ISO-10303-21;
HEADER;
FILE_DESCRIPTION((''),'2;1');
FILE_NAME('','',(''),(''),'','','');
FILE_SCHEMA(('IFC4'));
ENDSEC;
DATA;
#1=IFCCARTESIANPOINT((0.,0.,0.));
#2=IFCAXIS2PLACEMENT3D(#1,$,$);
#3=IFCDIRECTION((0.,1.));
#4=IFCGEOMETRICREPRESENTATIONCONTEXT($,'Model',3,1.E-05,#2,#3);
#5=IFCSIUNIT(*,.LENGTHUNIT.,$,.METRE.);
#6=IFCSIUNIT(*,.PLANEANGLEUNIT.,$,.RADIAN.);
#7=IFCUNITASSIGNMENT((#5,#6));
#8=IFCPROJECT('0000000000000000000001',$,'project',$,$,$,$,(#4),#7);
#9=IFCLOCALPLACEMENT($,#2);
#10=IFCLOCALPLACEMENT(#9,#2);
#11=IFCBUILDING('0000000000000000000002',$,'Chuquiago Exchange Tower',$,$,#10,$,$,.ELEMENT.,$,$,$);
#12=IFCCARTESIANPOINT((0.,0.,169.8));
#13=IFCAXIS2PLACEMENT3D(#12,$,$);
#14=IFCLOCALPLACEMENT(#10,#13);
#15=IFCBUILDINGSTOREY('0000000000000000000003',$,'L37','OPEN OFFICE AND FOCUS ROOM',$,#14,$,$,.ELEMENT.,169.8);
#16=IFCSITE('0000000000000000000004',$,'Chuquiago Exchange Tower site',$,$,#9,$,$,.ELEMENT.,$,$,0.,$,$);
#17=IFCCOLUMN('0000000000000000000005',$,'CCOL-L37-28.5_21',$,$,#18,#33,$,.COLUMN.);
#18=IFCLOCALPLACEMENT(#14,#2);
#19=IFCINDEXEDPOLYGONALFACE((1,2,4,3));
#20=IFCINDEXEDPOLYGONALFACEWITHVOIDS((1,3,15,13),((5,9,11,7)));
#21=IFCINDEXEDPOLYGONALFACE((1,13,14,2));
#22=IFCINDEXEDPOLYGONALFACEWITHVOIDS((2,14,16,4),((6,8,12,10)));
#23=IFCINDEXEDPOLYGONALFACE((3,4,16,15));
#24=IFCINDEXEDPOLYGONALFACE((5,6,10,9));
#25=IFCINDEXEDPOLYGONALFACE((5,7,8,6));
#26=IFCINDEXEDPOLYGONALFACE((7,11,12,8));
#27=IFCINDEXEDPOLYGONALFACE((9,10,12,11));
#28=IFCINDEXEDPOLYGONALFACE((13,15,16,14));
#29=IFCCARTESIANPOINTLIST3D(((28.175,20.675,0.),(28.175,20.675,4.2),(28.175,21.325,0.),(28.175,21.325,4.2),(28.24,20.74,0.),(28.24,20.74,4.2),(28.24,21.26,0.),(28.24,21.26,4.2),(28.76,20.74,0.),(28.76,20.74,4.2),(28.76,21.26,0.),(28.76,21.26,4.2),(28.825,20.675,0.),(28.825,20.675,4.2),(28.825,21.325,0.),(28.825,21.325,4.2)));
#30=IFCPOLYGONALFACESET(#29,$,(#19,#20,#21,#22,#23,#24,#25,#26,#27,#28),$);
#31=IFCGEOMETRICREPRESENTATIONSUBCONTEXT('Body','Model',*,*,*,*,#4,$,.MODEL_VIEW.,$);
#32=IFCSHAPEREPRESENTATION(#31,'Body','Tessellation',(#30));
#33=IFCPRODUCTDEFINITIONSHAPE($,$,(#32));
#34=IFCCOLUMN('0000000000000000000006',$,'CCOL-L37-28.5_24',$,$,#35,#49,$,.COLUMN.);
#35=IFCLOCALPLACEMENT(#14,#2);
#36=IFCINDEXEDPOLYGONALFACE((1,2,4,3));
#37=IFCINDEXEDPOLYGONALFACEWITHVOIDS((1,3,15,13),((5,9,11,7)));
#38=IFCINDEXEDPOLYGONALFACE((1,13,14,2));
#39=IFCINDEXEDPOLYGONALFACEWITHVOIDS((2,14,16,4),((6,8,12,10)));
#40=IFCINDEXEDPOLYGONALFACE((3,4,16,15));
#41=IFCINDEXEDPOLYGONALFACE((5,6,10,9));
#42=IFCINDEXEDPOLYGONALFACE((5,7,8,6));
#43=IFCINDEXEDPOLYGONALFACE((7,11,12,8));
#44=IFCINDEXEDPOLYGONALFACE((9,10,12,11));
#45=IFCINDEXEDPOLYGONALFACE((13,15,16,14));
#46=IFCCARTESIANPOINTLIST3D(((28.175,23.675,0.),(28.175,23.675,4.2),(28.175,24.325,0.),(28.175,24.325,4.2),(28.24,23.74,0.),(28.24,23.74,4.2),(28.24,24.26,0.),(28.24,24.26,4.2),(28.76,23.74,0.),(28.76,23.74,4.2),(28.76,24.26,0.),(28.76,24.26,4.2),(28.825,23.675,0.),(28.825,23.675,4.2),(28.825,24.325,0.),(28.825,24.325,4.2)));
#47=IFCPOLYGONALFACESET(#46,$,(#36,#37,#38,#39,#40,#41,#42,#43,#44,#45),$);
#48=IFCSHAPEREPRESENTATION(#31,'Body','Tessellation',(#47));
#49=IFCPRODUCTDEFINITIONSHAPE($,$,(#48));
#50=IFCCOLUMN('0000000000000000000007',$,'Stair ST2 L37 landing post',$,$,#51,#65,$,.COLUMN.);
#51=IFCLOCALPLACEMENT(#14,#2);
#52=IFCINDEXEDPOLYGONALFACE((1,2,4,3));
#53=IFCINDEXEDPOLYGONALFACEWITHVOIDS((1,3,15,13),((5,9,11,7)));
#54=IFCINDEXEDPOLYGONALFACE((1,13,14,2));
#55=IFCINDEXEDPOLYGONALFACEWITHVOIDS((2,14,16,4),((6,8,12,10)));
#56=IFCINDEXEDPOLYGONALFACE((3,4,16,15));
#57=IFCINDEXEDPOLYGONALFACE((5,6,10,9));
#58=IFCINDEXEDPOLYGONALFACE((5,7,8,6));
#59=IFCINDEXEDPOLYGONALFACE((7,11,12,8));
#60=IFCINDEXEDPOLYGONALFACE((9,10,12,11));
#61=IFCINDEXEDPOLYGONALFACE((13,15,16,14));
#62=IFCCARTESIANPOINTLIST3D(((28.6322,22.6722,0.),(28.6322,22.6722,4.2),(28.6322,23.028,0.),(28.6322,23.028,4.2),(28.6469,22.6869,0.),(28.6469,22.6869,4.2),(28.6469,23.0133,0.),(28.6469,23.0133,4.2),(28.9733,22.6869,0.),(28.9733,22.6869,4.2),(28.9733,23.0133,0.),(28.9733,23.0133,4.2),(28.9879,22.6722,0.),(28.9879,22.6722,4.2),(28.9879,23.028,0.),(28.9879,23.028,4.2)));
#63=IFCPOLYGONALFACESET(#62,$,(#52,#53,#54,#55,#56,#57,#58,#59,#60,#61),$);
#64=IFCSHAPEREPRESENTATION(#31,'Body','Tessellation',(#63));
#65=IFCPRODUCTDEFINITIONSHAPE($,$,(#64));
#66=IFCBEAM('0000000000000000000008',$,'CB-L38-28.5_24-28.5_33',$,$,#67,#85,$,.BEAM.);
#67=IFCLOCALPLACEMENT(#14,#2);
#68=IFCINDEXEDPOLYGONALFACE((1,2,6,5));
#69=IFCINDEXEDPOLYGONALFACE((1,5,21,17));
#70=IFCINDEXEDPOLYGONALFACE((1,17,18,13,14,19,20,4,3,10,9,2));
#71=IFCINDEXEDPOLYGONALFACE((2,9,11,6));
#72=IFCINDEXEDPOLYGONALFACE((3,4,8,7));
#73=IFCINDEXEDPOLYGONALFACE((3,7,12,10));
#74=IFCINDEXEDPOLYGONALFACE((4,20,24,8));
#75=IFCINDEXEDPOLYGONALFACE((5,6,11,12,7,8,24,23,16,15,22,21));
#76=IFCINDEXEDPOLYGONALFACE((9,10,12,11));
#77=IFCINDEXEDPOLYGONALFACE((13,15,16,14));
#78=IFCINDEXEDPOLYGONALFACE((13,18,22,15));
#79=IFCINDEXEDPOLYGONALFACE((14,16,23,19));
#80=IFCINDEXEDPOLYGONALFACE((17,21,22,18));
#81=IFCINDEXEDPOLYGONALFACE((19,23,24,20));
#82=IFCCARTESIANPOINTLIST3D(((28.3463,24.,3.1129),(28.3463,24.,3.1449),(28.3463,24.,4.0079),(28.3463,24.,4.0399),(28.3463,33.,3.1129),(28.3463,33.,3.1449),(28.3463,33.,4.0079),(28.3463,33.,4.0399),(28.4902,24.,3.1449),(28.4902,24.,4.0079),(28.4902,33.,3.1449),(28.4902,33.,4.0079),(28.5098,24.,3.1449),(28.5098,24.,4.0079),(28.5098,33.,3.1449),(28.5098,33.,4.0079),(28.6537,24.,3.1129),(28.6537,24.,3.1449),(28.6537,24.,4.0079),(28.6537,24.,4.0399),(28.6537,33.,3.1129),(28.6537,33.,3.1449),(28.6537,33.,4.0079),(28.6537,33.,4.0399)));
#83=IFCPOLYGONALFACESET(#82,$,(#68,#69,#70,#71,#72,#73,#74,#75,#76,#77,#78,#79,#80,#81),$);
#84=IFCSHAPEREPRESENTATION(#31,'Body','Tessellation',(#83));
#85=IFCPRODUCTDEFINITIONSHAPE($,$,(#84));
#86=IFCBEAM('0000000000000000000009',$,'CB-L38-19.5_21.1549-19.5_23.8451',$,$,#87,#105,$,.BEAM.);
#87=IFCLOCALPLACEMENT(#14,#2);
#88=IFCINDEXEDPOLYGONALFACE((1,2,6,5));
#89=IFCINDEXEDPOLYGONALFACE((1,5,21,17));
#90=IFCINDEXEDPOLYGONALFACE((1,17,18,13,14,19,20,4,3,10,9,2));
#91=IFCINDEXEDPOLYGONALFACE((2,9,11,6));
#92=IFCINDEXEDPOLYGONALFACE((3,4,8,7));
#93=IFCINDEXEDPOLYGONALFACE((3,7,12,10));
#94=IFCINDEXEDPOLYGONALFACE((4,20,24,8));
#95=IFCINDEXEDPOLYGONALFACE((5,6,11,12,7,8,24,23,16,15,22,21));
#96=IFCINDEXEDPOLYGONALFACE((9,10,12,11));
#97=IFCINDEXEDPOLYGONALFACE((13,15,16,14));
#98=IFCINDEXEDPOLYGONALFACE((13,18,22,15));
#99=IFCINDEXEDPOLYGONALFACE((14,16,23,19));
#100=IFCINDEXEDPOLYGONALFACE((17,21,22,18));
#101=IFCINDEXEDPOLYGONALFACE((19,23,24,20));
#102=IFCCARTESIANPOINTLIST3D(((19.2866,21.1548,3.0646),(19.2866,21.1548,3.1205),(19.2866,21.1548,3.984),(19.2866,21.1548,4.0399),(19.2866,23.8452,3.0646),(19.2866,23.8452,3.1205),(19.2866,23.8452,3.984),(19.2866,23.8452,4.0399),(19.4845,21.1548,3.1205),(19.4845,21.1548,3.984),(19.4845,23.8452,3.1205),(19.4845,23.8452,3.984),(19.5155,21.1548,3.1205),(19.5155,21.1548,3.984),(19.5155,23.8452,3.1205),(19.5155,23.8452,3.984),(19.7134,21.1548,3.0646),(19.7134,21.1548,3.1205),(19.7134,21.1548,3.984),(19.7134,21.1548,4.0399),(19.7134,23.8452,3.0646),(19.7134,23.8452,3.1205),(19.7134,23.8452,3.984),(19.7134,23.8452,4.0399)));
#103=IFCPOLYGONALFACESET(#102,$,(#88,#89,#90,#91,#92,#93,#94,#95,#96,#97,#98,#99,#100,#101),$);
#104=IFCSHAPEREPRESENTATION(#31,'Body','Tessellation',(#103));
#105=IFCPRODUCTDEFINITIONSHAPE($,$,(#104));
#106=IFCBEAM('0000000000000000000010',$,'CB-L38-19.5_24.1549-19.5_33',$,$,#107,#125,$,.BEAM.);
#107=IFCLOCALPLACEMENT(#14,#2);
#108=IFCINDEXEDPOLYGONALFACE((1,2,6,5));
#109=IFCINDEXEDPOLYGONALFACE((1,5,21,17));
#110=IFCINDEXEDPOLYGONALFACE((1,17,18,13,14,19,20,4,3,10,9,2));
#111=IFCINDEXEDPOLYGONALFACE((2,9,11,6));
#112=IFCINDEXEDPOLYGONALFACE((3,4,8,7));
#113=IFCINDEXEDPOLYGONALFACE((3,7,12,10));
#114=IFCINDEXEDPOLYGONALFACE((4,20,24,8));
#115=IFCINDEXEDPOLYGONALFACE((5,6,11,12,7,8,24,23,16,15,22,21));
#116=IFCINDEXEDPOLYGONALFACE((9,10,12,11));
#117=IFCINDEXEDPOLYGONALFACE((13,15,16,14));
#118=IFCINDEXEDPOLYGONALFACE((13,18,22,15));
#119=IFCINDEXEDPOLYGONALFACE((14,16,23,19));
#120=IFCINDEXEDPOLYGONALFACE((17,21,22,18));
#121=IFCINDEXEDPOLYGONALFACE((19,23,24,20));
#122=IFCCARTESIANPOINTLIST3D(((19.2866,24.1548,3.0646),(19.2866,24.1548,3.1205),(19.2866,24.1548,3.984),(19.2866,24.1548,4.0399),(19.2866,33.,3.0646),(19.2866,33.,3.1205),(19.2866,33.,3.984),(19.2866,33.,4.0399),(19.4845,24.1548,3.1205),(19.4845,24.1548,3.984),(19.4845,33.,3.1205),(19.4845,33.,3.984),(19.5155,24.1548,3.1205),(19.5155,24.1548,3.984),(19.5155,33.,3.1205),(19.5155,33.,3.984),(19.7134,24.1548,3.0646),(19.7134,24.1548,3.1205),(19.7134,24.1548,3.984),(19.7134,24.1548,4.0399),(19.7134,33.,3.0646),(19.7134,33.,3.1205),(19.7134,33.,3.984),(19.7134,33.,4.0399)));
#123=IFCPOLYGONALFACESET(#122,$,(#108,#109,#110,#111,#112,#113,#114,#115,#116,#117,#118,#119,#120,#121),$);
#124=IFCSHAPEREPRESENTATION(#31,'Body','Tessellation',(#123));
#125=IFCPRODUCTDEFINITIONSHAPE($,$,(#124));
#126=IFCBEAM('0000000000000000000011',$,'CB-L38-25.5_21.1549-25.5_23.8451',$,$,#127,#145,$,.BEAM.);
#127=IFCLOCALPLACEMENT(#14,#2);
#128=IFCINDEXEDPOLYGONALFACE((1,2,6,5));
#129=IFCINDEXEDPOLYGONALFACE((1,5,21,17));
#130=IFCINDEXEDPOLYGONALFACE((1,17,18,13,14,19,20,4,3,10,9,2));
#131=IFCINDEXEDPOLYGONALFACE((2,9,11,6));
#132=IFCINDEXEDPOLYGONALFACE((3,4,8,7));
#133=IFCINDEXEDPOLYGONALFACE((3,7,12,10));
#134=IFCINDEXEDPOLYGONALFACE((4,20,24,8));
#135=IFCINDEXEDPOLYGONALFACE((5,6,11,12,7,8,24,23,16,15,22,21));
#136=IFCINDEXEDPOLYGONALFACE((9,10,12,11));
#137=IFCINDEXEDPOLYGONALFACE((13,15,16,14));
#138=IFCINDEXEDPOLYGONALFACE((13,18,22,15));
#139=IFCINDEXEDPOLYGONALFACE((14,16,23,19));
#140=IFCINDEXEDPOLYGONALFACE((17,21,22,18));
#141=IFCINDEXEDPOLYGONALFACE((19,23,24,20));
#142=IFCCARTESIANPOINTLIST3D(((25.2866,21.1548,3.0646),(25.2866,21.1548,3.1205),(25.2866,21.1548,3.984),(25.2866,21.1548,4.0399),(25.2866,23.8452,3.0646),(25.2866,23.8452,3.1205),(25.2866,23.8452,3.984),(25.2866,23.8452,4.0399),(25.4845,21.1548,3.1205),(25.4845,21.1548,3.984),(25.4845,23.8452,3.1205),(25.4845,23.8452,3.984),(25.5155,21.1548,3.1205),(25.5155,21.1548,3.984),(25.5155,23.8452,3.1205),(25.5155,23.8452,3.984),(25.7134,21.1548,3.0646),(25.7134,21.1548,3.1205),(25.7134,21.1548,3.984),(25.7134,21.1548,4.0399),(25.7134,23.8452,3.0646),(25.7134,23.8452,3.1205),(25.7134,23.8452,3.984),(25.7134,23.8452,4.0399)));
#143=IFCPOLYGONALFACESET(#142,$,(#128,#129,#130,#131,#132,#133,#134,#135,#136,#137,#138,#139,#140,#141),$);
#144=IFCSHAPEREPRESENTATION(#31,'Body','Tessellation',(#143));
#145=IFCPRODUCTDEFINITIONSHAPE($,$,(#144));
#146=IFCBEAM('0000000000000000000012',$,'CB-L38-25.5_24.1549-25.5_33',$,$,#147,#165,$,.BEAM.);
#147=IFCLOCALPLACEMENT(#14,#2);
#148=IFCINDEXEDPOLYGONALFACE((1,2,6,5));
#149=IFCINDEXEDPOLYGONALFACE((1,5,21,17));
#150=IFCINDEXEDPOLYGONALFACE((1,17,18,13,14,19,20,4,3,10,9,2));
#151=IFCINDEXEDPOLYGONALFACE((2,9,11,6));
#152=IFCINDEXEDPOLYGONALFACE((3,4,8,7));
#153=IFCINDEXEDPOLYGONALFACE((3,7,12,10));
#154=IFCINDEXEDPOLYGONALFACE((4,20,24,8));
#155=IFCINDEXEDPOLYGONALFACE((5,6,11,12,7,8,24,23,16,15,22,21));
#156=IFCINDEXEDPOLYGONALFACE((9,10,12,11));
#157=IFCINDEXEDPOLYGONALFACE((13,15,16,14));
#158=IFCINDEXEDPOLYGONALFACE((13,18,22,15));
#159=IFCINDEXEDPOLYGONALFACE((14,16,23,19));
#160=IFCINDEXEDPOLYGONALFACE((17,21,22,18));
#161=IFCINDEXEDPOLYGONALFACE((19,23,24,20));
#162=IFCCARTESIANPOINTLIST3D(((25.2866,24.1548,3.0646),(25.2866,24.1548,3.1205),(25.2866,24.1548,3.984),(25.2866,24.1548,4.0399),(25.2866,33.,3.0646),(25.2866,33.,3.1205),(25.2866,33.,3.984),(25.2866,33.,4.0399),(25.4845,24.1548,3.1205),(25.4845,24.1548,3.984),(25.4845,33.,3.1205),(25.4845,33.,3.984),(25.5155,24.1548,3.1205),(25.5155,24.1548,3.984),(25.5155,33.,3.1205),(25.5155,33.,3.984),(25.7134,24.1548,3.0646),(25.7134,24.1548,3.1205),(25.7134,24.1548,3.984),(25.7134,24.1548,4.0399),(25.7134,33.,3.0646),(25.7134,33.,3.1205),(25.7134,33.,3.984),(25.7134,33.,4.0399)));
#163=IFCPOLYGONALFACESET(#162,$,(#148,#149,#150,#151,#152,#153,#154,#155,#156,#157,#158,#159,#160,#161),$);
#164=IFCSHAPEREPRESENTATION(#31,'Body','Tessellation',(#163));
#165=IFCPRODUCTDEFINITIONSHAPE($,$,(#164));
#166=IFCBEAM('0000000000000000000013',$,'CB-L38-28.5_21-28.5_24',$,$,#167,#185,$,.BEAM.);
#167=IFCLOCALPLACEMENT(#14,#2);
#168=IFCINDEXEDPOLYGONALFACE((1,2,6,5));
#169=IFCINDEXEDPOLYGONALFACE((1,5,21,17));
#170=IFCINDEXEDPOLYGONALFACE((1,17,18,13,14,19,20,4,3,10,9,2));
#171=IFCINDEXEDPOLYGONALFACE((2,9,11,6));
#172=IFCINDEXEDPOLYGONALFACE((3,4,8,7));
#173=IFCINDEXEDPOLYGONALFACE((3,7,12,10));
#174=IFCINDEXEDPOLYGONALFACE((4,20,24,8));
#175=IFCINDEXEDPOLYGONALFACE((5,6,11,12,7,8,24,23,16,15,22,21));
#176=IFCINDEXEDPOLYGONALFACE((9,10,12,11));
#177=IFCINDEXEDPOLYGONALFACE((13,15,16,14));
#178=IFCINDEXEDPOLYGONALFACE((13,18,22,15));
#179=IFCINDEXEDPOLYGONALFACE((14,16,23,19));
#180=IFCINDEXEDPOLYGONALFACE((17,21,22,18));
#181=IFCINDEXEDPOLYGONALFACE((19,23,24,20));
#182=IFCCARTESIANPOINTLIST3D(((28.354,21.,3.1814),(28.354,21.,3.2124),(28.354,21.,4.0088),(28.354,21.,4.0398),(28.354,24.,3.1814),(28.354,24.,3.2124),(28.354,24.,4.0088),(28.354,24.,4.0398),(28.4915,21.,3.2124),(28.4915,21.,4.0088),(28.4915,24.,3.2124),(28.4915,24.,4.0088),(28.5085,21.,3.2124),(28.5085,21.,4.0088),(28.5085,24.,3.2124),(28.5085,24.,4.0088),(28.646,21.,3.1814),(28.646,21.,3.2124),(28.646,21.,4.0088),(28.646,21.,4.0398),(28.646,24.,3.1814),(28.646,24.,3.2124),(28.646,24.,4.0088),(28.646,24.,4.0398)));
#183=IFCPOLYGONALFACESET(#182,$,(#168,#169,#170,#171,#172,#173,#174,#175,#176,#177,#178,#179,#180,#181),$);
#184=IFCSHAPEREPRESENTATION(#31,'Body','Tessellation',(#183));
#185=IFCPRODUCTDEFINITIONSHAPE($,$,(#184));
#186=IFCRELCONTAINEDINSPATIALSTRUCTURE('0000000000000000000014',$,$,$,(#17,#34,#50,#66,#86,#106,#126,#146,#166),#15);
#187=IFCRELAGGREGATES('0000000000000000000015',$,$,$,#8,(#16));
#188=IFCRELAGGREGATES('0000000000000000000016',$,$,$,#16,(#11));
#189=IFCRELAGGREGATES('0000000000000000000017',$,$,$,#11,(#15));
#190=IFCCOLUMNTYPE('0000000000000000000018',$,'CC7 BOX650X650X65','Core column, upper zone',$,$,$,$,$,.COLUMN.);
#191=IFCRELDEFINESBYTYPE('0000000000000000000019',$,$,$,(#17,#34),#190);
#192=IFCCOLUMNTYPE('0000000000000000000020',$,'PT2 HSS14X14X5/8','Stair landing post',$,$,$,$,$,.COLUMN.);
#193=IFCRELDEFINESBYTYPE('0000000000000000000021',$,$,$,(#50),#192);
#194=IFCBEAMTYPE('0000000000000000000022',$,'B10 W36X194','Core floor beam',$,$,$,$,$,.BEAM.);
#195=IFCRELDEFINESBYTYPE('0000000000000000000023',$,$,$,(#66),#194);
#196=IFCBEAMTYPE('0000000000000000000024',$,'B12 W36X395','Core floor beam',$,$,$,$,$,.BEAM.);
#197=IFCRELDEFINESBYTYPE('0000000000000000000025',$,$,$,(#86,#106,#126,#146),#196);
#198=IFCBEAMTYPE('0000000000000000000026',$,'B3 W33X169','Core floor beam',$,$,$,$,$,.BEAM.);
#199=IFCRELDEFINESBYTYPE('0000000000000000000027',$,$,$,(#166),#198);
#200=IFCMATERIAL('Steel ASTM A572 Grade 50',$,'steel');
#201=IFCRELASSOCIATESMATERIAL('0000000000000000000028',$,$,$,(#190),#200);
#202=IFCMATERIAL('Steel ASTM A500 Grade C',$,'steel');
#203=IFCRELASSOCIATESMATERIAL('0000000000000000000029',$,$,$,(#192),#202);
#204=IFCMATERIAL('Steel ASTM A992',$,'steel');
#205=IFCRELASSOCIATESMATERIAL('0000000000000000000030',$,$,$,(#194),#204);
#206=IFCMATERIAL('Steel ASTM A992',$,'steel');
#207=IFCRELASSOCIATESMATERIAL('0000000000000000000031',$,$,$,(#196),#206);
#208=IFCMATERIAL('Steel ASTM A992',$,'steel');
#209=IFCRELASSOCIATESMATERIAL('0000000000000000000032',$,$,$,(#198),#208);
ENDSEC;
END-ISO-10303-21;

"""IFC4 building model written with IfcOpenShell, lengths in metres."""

from ifc_helpers import new_model, si_unit, direction, frame, origin, origin_2d, place, context, subcontext, project, spatial, hollow_rectangle, i_section, extrude, material, material_profile, profile_set, type_object, element, save


model = new_model("IFC4")

# Units and contexts
model_context = context("Model", 3, precision=1e-05, world=origin(), true_north=direction((0.0, 1.0)))
body_context = subcontext(model_context, "Body", "Model", "MODEL_VIEW")
ifc_project = project(units=[si_unit("LENGTHUNIT", "METRE"), si_unit("PLANEANGLEUNIT", "RADIAN")], contexts=[model_context])

# Site, building, storey
site_placement = place(None, origin())
site = spatial("IfcSite", under=ifc_project, at=site_placement, Name="Chuquiago Exchange Tower site", CompositionType="ELEMENT", RefElevation=0.0)
building_placement = place(site_placement, origin())
building = spatial("IfcBuilding", under=site, at=building_placement, Name="Chuquiago Exchange Tower", CompositionType="ELEMENT")
storey_placement = place(building_placement, frame((0.0, 0.0, 169.8)))
storey = spatial("IfcBuildingStorey", under=building, at=storey_placement, Name="L37", Description="OPEN OFFICE AND FOCUS ROOM", CompositionType="ELEMENT", Elevation=169.8)

# Columns
ifc_material_1 = material(Name="Steel ASTM A572 Grade 50", Category="steel")
ifc_material_profile_1 = material_profile(ifc_material_1, hollow_rectangle(XDim=0.6499, YDim=0.6499, WallThickness=0.0649, at=origin_2d()), Name="BOX650X650X65")
ifc_profile_set_1 = profile_set([ifc_material_profile_1], Name="Steel ASTM A572 Grade 50")
column_type_1 = type_object("IfcColumnType", Name="CC7 BOX650X650X65", Description="Core column, upper zone", PredefinedType="COLUMN", material=ifc_profile_set_1)
for number, where, z_axis, x_axis, name in (
    (1, (28.5, 21.0, 0.0), (0.0, 0.0, 1.0), (1.0, 0.0, 0.0), "CCOL-L37-28.5_21"),
    (2, (28.5, 24.0, 0.0), (0.0, 0.0, 1.0), (1.0, 0.0, 0.0), "CCOL-L37-28.5_24"),
):
    element("IfcColumn", number, at=place(storey_placement, frame(where, z_axis=z_axis, x_axis=x_axis)), inside=storey, type_object=column_type_1, Name=name, PredefinedType="COLUMN", context=body_context, shape_type="SweptSolid", body=[
        extrude(hollow_rectangle(XDim=0.6499, YDim=0.6499, WallThickness=0.0649, at=origin_2d()), origin(), (0.0, 0.0, 1.0), 4.2),
    ])
ifc_material_2 = material(Name="Steel ASTM A500 Grade C", Category="steel")
ifc_material_profile_2 = material_profile(ifc_material_2, hollow_rectangle(XDim=0.3557, YDim=0.3557, WallThickness=0.0146, at=origin_2d()), Name="HSS14X14X5/8")
ifc_profile_set_2 = profile_set([ifc_material_profile_2], Name="Steel ASTM A500 Grade C")
column_type_2 = type_object("IfcColumnType", Name="PT2 HSS14X14X5/8", Description="Stair landing post", PredefinedType="COLUMN", material=ifc_profile_set_2)
column_placement = place(storey_placement, frame((28.8101, 22.8501, 0.0), z_axis=(0.0, 0.0, 1.0), x_axis=(1.0, 0.0, 0.0)))
element("IfcColumn", 3, at=column_placement, inside=storey, type_object=column_type_2, Name="Stair ST2 L37 landing post", PredefinedType="COLUMN", context=body_context, shape_type="SweptSolid", body=[
    extrude(hollow_rectangle(XDim=0.3557, YDim=0.3557, WallThickness=0.0146, at=origin_2d()), origin(), (0.0, 0.0, 1.0), 4.2),
])

# Beams
ifc_material_3 = material(Name="Steel ASTM A992", Category="steel")
ifc_material_profile_3 = material_profile(ifc_material_3, i_section(OverallWidth=0.3074, OverallDepth=0.927, WebThickness=0.0195, FlangeThickness=0.032, at=origin_2d()), Name="W36X194")
ifc_profile_set_3 = profile_set([ifc_material_profile_3], Name="Steel ASTM A992")
beam_type_1 = type_object("IfcBeamType", Name="B10 W36X194", Description="Core floor beam", PredefinedType="BEAM", material=ifc_profile_set_3)
beam_1_placement = place(storey_placement, frame((28.5, 24.0, 3.5764), z_axis=(0.0, 1.0, 0.0), x_axis=(-1.0, 0.0, 0.0)))
element("IfcBeam", 4, at=beam_1_placement, inside=storey, type_object=beam_type_1, Name="CB-L38-28.5_24-28.5_33", PredefinedType="BEAM", context=body_context, shape_type="SweptSolid", body=[
    extrude(i_section(OverallWidth=0.3074, OverallDepth=0.927, WebThickness=0.0195, FlangeThickness=0.032, at=origin_2d()), origin(), (0.0, 0.0, 1.0), 9.0),
])
ifc_material_4 = material(Name="Steel ASTM A992", Category="steel")
ifc_material_profile_4 = material_profile(ifc_material_4, i_section(OverallWidth=0.4268, OverallDepth=0.9753, WebThickness=0.031, FlangeThickness=0.0559, at=origin_2d()), Name="W36X395")
ifc_profile_set_4 = profile_set([ifc_material_profile_4], Name="Steel ASTM A992")
beam_type_2 = type_object("IfcBeamType", Name="B12 W36X395", Description="Core floor beam", PredefinedType="BEAM", material=ifc_profile_set_4)
beam_2_placement = place(storey_placement, frame((19.5, 21.1548, 3.5522), z_axis=(0.0, 1.0, 0.0), x_axis=(-1.0, 0.0, 0.0)))
element("IfcBeam", 5, at=beam_2_placement, inside=storey, type_object=beam_type_2, Name="CB-L38-19.5_21.1549-19.5_23.8451", PredefinedType="BEAM", context=body_context, shape_type="SweptSolid", body=[
    extrude(i_section(OverallWidth=0.4268, OverallDepth=0.9753, WebThickness=0.031, FlangeThickness=0.0559, at=origin_2d()), origin(), (0.0, 0.0, 1.0), 2.6904),
])
beam_3_placement = place(storey_placement, frame((19.5, 24.1548, 3.5522), z_axis=(0.0, 1.0, 0.0), x_axis=(-1.0, 0.0, 0.0)))
element("IfcBeam", 6, at=beam_3_placement, inside=storey, type_object=beam_type_2, Name="CB-L38-19.5_24.1549-19.5_33", PredefinedType="BEAM", context=body_context, shape_type="SweptSolid", body=[
    extrude(i_section(OverallWidth=0.4268, OverallDepth=0.9753, WebThickness=0.031, FlangeThickness=0.0559, at=origin_2d()), origin(), (0.0, 0.0, 1.0), 8.8452),
])
beam_4_placement = place(storey_placement, frame((25.5, 21.1548, 3.5522), z_axis=(0.0, 1.0, 0.0), x_axis=(-1.0, 0.0, 0.0)))
element("IfcBeam", 7, at=beam_4_placement, inside=storey, type_object=beam_type_2, Name="CB-L38-25.5_21.1549-25.5_23.8451", PredefinedType="BEAM", context=body_context, shape_type="SweptSolid", body=[
    extrude(i_section(OverallWidth=0.4268, OverallDepth=0.9753, WebThickness=0.031, FlangeThickness=0.0559, at=origin_2d()), origin(), (0.0, 0.0, 1.0), 2.6904),
])
beam_5_placement = place(storey_placement, frame((25.5, 24.1548, 3.5522), z_axis=(0.0, 1.0, 0.0), x_axis=(-1.0, 0.0, 0.0)))
element("IfcBeam", 8, at=beam_5_placement, inside=storey, type_object=beam_type_2, Name="CB-L38-25.5_24.1549-25.5_33", PredefinedType="BEAM", context=body_context, shape_type="SweptSolid", body=[
    extrude(i_section(OverallWidth=0.4268, OverallDepth=0.9753, WebThickness=0.031, FlangeThickness=0.0559, at=origin_2d()), origin(), (0.0, 0.0, 1.0), 8.8452),
])
ifc_material_5 = material(Name="Steel ASTM A992", Category="steel")
ifc_material_profile_5 = material_profile(ifc_material_5, i_section(OverallWidth=0.292, OverallDepth=0.8584, WebThickness=0.0171, FlangeThickness=0.031, at=origin_2d()), Name="W33X169")
ifc_profile_set_5 = profile_set([ifc_material_profile_5], Name="Steel ASTM A992")
beam_type_3 = type_object("IfcBeamType", Name="B3 W33X169", Description="Core floor beam", PredefinedType="BEAM", material=ifc_profile_set_5)
beam_6_placement = place(storey_placement, frame((28.5, 21.0, 3.6106), z_axis=(0.0, 1.0, 0.0), x_axis=(-1.0, 0.0, 0.0)))
element("IfcBeam", 9, at=beam_6_placement, inside=storey, type_object=beam_type_3, Name="CB-L38-28.5_21-28.5_24", PredefinedType="BEAM", context=body_context, shape_type="SweptSolid", body=[
    extrude(i_section(OverallWidth=0.292, OverallDepth=0.8584, WebThickness=0.0171, FlangeThickness=0.031, at=origin_2d()), origin(), (0.0, 0.0, 1.0), 3.0),
])

save(model, "model.ifc")
